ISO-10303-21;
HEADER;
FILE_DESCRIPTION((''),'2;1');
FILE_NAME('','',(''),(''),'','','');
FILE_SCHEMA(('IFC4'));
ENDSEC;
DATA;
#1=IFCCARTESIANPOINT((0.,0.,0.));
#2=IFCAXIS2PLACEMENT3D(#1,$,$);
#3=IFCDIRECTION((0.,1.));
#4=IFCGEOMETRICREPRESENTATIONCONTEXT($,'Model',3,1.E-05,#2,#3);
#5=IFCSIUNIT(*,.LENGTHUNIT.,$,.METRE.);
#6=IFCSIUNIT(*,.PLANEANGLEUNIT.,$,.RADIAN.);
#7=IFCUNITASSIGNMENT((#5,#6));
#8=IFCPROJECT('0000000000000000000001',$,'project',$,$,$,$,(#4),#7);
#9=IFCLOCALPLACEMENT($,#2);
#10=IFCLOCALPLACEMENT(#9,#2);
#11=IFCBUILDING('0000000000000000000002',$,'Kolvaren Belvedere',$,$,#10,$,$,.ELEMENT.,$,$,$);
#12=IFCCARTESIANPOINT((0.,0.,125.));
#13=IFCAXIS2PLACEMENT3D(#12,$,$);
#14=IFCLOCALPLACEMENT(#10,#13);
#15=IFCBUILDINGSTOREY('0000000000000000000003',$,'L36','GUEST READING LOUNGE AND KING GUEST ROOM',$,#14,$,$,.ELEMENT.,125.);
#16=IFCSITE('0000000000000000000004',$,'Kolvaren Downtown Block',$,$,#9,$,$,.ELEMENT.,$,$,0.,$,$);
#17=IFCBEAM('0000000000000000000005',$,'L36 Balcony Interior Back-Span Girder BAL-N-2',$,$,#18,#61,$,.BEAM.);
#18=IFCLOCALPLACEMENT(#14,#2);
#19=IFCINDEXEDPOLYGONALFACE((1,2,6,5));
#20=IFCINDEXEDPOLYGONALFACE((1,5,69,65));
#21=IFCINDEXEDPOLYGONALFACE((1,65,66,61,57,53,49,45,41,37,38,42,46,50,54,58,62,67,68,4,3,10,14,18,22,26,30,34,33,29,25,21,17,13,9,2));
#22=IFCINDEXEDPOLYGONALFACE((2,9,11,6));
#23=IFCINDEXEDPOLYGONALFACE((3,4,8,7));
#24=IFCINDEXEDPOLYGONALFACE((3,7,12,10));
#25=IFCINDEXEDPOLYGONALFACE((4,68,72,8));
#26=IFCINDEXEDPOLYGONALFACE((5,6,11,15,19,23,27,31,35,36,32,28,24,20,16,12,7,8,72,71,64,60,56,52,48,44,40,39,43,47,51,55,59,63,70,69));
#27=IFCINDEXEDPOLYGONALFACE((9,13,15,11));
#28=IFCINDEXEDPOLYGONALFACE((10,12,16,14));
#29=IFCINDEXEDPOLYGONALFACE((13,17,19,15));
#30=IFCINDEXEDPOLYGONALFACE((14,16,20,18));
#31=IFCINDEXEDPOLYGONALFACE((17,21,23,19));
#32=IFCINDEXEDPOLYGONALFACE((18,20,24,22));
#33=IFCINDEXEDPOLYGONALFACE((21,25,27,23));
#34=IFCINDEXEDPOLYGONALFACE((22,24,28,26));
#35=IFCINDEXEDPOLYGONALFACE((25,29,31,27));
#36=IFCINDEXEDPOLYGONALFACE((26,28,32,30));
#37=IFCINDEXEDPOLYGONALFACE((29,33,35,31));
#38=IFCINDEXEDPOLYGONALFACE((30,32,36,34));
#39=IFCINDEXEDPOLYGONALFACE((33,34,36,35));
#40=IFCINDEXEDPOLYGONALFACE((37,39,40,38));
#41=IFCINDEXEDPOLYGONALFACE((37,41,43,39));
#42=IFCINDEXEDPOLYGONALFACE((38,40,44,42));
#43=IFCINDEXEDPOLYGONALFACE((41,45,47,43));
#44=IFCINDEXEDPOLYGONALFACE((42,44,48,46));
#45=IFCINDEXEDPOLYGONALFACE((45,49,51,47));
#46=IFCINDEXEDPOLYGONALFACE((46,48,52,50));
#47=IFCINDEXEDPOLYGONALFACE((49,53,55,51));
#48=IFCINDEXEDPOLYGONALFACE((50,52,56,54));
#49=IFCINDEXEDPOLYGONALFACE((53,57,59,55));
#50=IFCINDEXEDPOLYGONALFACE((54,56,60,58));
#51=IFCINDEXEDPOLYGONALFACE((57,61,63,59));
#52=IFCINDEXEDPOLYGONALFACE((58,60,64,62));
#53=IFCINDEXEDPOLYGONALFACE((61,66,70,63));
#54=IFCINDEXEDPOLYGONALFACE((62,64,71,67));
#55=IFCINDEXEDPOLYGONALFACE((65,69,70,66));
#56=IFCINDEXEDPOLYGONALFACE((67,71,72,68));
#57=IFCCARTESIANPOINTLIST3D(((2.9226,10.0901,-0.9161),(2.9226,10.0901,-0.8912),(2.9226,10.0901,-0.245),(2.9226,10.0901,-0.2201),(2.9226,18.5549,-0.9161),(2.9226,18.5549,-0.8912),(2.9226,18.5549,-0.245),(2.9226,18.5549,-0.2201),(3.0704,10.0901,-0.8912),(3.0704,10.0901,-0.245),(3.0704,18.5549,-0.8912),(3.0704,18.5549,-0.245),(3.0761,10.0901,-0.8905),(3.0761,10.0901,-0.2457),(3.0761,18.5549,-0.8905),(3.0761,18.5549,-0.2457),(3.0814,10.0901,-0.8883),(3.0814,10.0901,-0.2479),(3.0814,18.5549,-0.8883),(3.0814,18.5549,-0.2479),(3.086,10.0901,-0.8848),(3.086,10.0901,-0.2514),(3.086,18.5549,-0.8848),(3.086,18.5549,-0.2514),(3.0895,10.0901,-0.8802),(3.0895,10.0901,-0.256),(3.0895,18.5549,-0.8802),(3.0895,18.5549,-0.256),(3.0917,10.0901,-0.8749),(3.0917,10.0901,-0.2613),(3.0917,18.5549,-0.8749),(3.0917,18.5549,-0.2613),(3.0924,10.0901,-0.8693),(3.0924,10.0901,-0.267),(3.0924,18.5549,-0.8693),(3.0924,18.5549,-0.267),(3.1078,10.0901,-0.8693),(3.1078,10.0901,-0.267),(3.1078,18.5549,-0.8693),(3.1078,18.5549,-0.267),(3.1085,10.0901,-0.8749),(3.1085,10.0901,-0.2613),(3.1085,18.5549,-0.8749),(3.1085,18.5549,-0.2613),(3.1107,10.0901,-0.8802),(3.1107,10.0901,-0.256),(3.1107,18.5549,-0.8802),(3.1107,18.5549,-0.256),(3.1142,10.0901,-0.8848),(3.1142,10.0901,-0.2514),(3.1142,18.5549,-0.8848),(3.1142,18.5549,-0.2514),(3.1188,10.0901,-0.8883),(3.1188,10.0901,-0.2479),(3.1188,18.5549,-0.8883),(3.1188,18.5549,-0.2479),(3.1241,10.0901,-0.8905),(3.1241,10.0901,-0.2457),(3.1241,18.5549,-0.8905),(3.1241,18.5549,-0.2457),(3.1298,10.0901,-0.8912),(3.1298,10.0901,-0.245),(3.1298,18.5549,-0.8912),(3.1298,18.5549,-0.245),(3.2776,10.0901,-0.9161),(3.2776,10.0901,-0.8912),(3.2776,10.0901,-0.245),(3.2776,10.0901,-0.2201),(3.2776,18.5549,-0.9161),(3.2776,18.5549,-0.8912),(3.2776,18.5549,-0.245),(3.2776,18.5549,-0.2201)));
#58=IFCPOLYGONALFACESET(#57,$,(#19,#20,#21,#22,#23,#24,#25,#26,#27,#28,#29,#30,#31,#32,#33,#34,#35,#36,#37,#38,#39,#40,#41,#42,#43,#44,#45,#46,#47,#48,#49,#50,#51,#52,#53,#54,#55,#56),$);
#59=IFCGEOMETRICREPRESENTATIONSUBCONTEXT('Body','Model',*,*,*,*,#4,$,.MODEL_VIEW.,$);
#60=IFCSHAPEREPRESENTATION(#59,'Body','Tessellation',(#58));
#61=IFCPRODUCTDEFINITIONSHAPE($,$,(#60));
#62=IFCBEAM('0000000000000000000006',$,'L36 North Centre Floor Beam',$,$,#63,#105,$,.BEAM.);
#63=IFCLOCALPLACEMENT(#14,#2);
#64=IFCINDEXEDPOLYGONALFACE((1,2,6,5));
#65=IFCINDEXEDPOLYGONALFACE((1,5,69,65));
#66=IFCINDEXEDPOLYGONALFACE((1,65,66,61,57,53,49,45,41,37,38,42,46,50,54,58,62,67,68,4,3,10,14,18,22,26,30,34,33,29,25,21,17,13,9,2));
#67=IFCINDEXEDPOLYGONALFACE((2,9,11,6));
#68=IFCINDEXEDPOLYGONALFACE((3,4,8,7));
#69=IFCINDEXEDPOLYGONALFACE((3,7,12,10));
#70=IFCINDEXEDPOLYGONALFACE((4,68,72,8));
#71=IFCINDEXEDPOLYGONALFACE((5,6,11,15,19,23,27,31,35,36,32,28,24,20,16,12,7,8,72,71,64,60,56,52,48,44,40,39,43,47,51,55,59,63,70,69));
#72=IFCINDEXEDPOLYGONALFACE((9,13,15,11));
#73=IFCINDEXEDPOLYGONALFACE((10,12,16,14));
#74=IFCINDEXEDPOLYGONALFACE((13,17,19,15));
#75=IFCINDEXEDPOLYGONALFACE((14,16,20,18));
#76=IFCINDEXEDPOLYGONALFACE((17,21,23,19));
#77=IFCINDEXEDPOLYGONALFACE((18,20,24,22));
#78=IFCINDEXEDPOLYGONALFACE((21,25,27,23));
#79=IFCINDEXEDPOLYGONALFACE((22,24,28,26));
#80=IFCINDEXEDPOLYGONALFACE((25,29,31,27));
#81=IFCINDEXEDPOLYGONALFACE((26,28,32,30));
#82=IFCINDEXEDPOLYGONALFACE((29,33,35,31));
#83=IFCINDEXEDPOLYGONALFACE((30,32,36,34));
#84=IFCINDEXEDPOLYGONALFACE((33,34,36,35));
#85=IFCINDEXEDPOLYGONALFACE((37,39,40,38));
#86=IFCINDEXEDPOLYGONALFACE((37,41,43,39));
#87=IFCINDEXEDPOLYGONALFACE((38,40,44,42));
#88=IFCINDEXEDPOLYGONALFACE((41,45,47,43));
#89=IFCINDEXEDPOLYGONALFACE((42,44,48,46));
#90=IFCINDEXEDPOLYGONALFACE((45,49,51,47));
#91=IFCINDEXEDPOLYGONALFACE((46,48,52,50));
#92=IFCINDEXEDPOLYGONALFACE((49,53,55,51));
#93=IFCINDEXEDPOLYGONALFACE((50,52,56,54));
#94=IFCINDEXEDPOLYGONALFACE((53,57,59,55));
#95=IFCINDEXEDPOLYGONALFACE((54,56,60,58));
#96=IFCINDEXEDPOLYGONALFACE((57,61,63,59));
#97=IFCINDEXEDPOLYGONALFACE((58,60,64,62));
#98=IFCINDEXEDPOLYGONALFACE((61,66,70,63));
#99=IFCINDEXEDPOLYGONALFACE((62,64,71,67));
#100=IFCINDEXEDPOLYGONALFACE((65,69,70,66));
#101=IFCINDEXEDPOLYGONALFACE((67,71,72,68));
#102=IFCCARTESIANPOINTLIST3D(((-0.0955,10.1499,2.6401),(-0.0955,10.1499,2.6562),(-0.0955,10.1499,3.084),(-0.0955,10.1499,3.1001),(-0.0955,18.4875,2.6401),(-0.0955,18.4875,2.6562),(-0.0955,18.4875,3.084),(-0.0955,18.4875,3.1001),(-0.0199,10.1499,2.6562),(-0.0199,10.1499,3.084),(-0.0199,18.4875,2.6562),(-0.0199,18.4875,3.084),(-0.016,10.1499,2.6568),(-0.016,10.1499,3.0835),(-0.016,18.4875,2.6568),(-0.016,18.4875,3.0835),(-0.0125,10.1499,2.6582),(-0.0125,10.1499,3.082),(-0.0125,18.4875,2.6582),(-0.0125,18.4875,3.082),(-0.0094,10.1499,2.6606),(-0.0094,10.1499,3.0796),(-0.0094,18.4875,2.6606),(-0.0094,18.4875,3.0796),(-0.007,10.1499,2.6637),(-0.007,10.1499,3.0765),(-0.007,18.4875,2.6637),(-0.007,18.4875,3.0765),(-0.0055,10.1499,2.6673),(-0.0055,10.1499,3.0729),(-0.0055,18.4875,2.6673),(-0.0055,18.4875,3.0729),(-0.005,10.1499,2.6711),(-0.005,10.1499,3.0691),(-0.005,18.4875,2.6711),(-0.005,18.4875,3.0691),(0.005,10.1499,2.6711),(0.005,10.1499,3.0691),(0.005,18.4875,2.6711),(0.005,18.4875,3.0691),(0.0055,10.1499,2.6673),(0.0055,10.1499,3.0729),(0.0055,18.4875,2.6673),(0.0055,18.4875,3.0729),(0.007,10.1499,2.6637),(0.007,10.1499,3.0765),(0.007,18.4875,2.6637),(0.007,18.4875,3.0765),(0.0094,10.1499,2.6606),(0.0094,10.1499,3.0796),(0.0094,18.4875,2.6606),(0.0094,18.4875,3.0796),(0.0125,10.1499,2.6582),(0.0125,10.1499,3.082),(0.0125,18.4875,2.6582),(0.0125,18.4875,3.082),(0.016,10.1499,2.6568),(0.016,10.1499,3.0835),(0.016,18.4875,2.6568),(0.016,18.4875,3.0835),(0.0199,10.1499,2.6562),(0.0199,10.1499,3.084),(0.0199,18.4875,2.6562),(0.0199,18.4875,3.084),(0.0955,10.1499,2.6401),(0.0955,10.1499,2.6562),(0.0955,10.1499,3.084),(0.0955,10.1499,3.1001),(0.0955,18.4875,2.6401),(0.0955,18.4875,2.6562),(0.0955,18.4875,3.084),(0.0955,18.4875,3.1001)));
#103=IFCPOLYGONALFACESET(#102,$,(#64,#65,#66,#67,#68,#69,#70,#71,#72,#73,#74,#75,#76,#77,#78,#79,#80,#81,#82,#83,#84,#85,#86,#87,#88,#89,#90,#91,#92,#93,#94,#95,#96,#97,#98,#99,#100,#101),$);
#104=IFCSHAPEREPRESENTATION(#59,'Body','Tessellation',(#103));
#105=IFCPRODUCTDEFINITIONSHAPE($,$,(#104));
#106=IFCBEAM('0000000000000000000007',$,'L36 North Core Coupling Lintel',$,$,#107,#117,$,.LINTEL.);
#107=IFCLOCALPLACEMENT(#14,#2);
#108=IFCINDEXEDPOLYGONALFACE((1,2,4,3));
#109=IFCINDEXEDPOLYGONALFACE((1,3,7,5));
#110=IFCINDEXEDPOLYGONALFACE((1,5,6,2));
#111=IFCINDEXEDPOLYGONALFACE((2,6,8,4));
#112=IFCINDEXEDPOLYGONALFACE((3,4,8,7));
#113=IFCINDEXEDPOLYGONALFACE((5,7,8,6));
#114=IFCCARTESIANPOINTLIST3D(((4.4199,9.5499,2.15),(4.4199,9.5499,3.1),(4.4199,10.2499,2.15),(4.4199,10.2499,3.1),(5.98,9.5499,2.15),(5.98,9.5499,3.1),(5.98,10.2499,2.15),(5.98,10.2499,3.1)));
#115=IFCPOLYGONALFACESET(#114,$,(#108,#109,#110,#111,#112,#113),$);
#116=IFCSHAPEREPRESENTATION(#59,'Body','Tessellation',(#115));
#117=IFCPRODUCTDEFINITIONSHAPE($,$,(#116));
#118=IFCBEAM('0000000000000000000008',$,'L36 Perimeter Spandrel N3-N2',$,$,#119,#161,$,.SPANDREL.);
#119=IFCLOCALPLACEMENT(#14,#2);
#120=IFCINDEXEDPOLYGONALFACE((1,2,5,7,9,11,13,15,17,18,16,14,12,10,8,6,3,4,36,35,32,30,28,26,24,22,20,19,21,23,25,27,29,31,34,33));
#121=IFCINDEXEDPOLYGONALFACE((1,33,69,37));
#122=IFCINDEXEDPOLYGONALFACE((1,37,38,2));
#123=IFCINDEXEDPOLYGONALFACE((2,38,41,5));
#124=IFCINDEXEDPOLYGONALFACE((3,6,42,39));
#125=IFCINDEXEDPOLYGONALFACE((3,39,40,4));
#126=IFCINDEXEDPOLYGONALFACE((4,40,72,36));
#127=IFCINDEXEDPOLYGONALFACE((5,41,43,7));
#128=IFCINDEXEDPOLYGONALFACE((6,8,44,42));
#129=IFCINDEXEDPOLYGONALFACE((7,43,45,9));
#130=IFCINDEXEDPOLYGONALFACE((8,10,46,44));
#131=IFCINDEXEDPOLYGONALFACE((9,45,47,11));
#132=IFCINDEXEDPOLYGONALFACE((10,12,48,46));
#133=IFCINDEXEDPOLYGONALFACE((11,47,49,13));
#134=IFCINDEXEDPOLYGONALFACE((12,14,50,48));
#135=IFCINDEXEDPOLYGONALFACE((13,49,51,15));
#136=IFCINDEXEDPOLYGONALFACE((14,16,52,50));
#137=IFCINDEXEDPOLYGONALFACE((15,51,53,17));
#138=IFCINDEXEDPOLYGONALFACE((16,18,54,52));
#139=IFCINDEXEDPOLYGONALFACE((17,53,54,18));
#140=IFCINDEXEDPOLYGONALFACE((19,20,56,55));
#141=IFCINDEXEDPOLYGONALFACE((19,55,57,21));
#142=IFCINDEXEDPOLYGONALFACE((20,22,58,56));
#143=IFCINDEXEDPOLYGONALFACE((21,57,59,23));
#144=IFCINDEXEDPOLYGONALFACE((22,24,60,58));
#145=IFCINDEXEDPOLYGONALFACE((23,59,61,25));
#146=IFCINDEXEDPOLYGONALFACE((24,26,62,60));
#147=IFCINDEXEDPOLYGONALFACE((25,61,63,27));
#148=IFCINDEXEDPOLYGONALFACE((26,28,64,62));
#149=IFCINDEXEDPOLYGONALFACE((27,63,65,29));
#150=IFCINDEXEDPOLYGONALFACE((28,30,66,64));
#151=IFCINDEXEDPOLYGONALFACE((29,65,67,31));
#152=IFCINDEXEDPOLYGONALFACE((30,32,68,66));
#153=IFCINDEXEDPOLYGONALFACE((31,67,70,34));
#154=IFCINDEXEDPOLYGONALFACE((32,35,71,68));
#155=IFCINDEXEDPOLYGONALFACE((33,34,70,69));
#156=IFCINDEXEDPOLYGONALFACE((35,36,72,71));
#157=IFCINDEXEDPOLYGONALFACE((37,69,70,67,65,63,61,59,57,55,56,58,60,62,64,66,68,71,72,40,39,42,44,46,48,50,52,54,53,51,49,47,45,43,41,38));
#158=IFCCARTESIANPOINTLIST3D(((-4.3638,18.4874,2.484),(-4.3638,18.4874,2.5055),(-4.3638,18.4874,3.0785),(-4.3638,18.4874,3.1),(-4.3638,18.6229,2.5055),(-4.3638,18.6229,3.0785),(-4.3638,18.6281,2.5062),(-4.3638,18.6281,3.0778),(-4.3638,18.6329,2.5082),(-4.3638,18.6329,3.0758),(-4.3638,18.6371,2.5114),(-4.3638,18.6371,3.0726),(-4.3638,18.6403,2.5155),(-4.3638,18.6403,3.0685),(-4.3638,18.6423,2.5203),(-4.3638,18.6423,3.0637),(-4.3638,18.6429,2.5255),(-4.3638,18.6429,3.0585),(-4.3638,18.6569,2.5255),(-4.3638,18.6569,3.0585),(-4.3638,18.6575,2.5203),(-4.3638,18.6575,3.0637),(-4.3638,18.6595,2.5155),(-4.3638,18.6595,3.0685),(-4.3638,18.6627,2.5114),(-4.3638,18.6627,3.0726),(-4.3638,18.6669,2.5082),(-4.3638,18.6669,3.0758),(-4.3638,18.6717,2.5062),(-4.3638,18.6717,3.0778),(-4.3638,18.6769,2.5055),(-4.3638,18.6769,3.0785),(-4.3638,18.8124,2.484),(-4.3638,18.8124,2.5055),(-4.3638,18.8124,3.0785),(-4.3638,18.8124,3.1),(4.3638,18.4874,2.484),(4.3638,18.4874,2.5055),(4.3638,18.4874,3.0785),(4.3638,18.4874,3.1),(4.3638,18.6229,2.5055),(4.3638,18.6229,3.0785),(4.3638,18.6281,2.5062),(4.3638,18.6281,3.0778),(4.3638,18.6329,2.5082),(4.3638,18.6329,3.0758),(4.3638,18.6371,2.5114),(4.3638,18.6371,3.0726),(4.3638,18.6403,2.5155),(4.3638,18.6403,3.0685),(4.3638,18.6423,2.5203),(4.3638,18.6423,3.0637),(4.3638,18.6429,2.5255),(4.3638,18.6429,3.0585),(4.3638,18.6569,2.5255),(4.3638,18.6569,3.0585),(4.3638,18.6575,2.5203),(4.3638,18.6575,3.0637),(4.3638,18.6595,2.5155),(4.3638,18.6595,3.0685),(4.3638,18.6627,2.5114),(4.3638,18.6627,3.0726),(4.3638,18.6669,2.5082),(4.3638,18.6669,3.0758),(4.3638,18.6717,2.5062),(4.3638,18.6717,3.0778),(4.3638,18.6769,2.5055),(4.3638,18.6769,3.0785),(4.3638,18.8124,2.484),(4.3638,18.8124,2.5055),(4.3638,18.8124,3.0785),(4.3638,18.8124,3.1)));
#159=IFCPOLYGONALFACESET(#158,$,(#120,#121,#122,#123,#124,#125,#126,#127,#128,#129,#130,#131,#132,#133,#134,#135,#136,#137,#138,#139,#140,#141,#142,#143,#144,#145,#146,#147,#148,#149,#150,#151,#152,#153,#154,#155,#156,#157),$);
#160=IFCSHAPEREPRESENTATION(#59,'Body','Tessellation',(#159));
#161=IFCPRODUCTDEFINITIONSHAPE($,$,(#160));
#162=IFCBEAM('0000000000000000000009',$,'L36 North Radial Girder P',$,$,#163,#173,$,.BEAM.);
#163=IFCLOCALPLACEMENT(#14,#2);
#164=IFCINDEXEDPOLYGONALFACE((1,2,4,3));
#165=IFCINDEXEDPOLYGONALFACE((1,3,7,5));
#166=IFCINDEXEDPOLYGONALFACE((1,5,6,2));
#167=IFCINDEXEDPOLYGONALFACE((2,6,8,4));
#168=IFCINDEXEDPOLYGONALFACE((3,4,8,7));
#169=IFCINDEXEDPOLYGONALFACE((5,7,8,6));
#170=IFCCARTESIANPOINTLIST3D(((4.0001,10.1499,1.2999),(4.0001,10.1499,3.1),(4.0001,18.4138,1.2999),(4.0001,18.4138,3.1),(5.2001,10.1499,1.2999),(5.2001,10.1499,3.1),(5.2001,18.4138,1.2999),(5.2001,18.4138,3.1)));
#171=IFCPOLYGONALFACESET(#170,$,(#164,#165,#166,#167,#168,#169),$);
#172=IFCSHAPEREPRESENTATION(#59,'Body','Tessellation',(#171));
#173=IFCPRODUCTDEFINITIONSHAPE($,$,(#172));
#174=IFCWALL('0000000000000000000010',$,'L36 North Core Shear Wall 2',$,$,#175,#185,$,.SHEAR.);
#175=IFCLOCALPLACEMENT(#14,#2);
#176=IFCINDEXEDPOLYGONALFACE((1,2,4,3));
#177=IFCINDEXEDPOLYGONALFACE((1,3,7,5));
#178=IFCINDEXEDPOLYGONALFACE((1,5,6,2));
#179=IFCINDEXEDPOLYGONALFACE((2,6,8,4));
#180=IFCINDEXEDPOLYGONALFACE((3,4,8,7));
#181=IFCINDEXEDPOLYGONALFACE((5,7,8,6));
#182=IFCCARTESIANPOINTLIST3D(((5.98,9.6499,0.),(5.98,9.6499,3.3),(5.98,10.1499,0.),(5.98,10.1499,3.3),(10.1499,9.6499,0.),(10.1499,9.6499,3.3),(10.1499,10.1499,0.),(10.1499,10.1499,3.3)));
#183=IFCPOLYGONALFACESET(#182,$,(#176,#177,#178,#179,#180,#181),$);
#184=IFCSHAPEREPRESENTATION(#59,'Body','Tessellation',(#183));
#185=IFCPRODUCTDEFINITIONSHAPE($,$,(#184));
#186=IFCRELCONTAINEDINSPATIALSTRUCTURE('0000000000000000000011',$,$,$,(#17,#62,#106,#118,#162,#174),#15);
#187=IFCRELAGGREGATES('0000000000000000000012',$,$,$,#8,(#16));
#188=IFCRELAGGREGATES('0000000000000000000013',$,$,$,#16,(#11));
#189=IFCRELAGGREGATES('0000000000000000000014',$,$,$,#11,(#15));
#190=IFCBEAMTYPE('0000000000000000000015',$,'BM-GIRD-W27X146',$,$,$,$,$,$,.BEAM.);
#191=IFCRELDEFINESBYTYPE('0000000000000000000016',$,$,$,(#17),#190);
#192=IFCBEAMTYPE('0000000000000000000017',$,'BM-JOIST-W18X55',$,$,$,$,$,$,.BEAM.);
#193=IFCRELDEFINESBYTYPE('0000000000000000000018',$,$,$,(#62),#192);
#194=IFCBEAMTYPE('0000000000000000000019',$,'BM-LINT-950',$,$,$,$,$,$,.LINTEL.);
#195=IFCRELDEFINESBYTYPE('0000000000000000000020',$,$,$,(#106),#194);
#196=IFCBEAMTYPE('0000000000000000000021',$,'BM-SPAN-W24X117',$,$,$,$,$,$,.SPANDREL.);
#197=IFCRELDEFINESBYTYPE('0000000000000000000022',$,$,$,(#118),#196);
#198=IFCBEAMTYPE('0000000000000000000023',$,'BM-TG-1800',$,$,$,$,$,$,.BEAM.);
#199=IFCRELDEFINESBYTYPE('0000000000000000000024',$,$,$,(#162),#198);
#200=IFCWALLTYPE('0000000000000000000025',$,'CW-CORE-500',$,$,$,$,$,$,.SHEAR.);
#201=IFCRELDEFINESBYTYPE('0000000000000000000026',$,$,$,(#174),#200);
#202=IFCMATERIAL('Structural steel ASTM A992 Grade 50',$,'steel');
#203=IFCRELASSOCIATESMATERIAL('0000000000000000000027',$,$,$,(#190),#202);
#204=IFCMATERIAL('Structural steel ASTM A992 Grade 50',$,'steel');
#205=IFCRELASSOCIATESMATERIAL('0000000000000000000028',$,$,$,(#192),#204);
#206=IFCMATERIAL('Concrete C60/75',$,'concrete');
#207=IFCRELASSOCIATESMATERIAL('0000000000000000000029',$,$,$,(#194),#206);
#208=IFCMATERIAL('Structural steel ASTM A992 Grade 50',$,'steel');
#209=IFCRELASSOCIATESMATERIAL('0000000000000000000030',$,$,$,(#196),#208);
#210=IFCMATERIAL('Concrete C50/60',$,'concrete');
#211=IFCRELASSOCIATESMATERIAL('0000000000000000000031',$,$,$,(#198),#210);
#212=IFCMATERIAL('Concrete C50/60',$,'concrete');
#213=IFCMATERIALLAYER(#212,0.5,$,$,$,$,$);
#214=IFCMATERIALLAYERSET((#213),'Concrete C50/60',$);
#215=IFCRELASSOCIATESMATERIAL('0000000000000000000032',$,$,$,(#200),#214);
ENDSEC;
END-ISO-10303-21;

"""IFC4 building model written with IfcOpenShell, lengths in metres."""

from ifc_helpers import new_model, si_unit, direction, frame, frame_2d, origin, origin_2d, place, context, subcontext, project, spatial, rectangle, i_section, extrude, material, layer, layer_set, material_profile, profile_set, type_object, element, save


model = new_model("IFC4")

# Units and contexts
model_context = context("Model", 3, precision=1e-05, world=origin(), true_north=direction((0.0, 1.0)))
body_context = subcontext(model_context, "Body", "Model", "MODEL_VIEW")
ifc_project = project(units=[si_unit("LENGTHUNIT", "METRE"), si_unit("PLANEANGLEUNIT", "RADIAN")], contexts=[model_context])

# Site, building, storey
site_placement = place(None, origin())
site = spatial("IfcSite", under=ifc_project, at=site_placement, Name="Kolvaren Downtown Block", CompositionType="ELEMENT", RefElevation=0.0)
building_placement = place(site_placement, origin())
building = spatial("IfcBuilding", under=site, at=building_placement, Name="Kolvaren Belvedere", CompositionType="ELEMENT")
storey_placement = place(building_placement, frame((0.0, 0.0, 125.0)))
storey = spatial("IfcBuildingStorey", under=building, at=storey_placement, Name="L36", Description="GUEST READING LOUNGE AND KING GUEST ROOM", CompositionType="ELEMENT", Elevation=125.0)

# Beams
ifc_material_1 = material(Name="Structural steel ASTM A992 Grade 50", Category="steel")
ifc_material_profile_1 = material_profile(ifc_material_1, i_section(OverallWidth=0.355, OverallDepth=0.696, WebThickness=0.0154, FlangeThickness=0.0249, FilletRadius=0.022, at=origin_2d()), Name="W27X146")
ifc_profile_set_1 = profile_set([ifc_material_profile_1], Name="Structural steel ASTM A992 Grade 50")
beam_type_1 = type_object("IfcBeamType", Name="BM-GIRD-W27X146", PredefinedType="BEAM", material=ifc_profile_set_1)
beam_1_placement = place(storey_placement, frame((3.1001, 10.0901, -0.5681), z_axis=(0.0, 1.0, 0.0), x_axis=(-1.0, 0.0, 0.0)))
element("IfcBeam", 1, at=beam_1_placement, inside=storey, type_object=beam_type_1, Name="L36 Balcony Interior Back-Span Girder BAL-N-2", PredefinedType="BEAM", context=body_context, shape_type="SweptSolid", body=[
    extrude(i_section(OverallWidth=0.355, OverallDepth=0.696, WebThickness=0.0154, FlangeThickness=0.0249, FilletRadius=0.022, at=origin_2d()), origin(), (0.0, 0.0, 1.0), 8.4648),
])
ifc_material_2 = material(Name="Structural steel ASTM A992 Grade 50", Category="steel")
ifc_material_profile_2 = material_profile(ifc_material_2, i_section(OverallWidth=0.1909, OverallDepth=0.46, WebThickness=0.01, FlangeThickness=0.0161, FilletRadius=0.0149, at=origin_2d()), Name="W18X55")
ifc_profile_set_2 = profile_set([ifc_material_profile_2], Name="Structural steel ASTM A992 Grade 50")
beam_type_2 = type_object("IfcBeamType", Name="BM-JOIST-W18X55", PredefinedType="BEAM", material=ifc_profile_set_2)
beam_2_placement = place(storey_placement, frame((0.0, 10.1499, 2.8701), z_axis=(0.0, 1.0, 0.0), x_axis=(-1.0, 0.0, 0.0)))
element("IfcBeam", 2, at=beam_2_placement, inside=storey, type_object=beam_type_2, Name="L36 North Centre Floor Beam", PredefinedType="BEAM", context=body_context, shape_type="SweptSolid", body=[
    extrude(i_section(OverallWidth=0.1909, OverallDepth=0.46, WebThickness=0.01, FlangeThickness=0.0161, FilletRadius=0.0149, at=origin_2d()), origin(), (0.0, 0.0, 1.0), 8.3376),
])
ifc_material_3 = material(Name="Concrete C60/75", Category="concrete")
ifc_material_profile_3 = material_profile(ifc_material_3, rectangle(XDim=0.7, YDim=0.95, at=origin_2d()), Name="RC 700X950")
ifc_profile_set_3 = profile_set([ifc_material_profile_3], Name="Concrete C60/75")
beam_type_3 = type_object("IfcBeamType", Name="BM-LINT-950", PredefinedType="LINTEL", material=ifc_profile_set_3)
beam_3_placement = place(storey_placement, frame((4.4199, 9.8999, 2.625), z_axis=(1.0, 0.0, 0.0), x_axis=(0.0, 1.0, 0.0)))
element("IfcBeam", 3, at=beam_3_placement, inside=storey, type_object=beam_type_3, Name="L36 North Core Coupling Lintel", PredefinedType="LINTEL", context=body_context, shape_type="SweptSolid", body=[
    extrude(rectangle(XDim=0.7, YDim=0.95, at=origin_2d()), origin(), (0.0, 0.0, 1.0), 1.5601),
])
ifc_material_4 = material(Name="Structural steel ASTM A992 Grade 50", Category="steel")
ifc_material_profile_4 = material_profile(ifc_material_4, i_section(OverallWidth=0.325, OverallDepth=0.616, WebThickness=0.0139, FlangeThickness=0.0215, FilletRadius=0.02, at=origin_2d()), Name="W24X117")
ifc_profile_set_4 = profile_set([ifc_material_profile_4], Name="Structural steel ASTM A992 Grade 50")
beam_type_4 = type_object("IfcBeamType", Name="BM-SPAN-W24X117", PredefinedType="SPANDREL", material=ifc_profile_set_4)
beam_4_placement = place(storey_placement, frame((4.3638, 18.6499, 2.792), z_axis=(-1.0, 0.0, 0.0), x_axis=(0.0, -1.0, 0.0)))
element("IfcBeam", 4, at=beam_4_placement, inside=storey, type_object=beam_type_4, Name="L36 Perimeter Spandrel N3-N2", PredefinedType="SPANDREL", context=body_context, shape_type="SweptSolid", body=[
    extrude(i_section(OverallWidth=0.325, OverallDepth=0.616, WebThickness=0.0139, FlangeThickness=0.0215, FilletRadius=0.02, at=origin_2d()), origin(), (0.0, 0.0, 1.0), 8.7275),
])
ifc_material_5 = material(Name="Concrete C50/60", Category="concrete")
ifc_material_profile_5 = material_profile(ifc_material_5, rectangle(XDim=1.2, YDim=1.8, at=origin_2d()), Name="RC 1200X1800")
ifc_profile_set_5 = profile_set([ifc_material_profile_5], Name="Concrete C50/60")
beam_type_5 = type_object("IfcBeamType", Name="BM-TG-1800", PredefinedType="BEAM", material=ifc_profile_set_5)
beam_5_placement = place(storey_placement, frame((4.6001, 10.1499, 2.2), z_axis=(0.0, 1.0, 0.0), x_axis=(-1.0, 0.0, 0.0)))
element("IfcBeam", 5, at=beam_5_placement, inside=storey, type_object=beam_type_5, Name="L36 North Radial Girder P", PredefinedType="BEAM", context=body_context, shape_type="SweptSolid", body=[
    extrude(rectangle(XDim=1.2, YDim=1.8, at=origin_2d()), origin(), (0.0, 0.0, 1.0), 8.2639),
])

# Wall
ifc_material_6 = material(Name="Concrete C50/60", Category="concrete")
ifc_layer_1 = layer(ifc_material_6, 0.5)
ifc_layer_set_1 = layer_set([ifc_layer_1], Name="Concrete C50/60")
wall_type_1 = type_object("IfcWallType", Name="CW-CORE-500", PredefinedType="SHEAR", material=ifc_layer_set_1)
wall_1_placement = place(storey_placement, frame((5.98, 9.8999, 0.0), z_axis=(0.0, 0.0, 1.0), x_axis=(1.0, 0.0, 0.0)))
element("IfcWall", 6, at=wall_1_placement, inside=storey, type_object=wall_type_1, Name="L36 North Core Shear Wall 2", PredefinedType="SHEAR", context=body_context, shape_type="SweptSolid", body=[
    extrude(rectangle(XDim=4.1699, YDim=0.5, at=frame_2d((2.085, 0.0))), origin(), (0.0, 0.0, 1.0), 3.3),
])

save(model, "model.ifc")
